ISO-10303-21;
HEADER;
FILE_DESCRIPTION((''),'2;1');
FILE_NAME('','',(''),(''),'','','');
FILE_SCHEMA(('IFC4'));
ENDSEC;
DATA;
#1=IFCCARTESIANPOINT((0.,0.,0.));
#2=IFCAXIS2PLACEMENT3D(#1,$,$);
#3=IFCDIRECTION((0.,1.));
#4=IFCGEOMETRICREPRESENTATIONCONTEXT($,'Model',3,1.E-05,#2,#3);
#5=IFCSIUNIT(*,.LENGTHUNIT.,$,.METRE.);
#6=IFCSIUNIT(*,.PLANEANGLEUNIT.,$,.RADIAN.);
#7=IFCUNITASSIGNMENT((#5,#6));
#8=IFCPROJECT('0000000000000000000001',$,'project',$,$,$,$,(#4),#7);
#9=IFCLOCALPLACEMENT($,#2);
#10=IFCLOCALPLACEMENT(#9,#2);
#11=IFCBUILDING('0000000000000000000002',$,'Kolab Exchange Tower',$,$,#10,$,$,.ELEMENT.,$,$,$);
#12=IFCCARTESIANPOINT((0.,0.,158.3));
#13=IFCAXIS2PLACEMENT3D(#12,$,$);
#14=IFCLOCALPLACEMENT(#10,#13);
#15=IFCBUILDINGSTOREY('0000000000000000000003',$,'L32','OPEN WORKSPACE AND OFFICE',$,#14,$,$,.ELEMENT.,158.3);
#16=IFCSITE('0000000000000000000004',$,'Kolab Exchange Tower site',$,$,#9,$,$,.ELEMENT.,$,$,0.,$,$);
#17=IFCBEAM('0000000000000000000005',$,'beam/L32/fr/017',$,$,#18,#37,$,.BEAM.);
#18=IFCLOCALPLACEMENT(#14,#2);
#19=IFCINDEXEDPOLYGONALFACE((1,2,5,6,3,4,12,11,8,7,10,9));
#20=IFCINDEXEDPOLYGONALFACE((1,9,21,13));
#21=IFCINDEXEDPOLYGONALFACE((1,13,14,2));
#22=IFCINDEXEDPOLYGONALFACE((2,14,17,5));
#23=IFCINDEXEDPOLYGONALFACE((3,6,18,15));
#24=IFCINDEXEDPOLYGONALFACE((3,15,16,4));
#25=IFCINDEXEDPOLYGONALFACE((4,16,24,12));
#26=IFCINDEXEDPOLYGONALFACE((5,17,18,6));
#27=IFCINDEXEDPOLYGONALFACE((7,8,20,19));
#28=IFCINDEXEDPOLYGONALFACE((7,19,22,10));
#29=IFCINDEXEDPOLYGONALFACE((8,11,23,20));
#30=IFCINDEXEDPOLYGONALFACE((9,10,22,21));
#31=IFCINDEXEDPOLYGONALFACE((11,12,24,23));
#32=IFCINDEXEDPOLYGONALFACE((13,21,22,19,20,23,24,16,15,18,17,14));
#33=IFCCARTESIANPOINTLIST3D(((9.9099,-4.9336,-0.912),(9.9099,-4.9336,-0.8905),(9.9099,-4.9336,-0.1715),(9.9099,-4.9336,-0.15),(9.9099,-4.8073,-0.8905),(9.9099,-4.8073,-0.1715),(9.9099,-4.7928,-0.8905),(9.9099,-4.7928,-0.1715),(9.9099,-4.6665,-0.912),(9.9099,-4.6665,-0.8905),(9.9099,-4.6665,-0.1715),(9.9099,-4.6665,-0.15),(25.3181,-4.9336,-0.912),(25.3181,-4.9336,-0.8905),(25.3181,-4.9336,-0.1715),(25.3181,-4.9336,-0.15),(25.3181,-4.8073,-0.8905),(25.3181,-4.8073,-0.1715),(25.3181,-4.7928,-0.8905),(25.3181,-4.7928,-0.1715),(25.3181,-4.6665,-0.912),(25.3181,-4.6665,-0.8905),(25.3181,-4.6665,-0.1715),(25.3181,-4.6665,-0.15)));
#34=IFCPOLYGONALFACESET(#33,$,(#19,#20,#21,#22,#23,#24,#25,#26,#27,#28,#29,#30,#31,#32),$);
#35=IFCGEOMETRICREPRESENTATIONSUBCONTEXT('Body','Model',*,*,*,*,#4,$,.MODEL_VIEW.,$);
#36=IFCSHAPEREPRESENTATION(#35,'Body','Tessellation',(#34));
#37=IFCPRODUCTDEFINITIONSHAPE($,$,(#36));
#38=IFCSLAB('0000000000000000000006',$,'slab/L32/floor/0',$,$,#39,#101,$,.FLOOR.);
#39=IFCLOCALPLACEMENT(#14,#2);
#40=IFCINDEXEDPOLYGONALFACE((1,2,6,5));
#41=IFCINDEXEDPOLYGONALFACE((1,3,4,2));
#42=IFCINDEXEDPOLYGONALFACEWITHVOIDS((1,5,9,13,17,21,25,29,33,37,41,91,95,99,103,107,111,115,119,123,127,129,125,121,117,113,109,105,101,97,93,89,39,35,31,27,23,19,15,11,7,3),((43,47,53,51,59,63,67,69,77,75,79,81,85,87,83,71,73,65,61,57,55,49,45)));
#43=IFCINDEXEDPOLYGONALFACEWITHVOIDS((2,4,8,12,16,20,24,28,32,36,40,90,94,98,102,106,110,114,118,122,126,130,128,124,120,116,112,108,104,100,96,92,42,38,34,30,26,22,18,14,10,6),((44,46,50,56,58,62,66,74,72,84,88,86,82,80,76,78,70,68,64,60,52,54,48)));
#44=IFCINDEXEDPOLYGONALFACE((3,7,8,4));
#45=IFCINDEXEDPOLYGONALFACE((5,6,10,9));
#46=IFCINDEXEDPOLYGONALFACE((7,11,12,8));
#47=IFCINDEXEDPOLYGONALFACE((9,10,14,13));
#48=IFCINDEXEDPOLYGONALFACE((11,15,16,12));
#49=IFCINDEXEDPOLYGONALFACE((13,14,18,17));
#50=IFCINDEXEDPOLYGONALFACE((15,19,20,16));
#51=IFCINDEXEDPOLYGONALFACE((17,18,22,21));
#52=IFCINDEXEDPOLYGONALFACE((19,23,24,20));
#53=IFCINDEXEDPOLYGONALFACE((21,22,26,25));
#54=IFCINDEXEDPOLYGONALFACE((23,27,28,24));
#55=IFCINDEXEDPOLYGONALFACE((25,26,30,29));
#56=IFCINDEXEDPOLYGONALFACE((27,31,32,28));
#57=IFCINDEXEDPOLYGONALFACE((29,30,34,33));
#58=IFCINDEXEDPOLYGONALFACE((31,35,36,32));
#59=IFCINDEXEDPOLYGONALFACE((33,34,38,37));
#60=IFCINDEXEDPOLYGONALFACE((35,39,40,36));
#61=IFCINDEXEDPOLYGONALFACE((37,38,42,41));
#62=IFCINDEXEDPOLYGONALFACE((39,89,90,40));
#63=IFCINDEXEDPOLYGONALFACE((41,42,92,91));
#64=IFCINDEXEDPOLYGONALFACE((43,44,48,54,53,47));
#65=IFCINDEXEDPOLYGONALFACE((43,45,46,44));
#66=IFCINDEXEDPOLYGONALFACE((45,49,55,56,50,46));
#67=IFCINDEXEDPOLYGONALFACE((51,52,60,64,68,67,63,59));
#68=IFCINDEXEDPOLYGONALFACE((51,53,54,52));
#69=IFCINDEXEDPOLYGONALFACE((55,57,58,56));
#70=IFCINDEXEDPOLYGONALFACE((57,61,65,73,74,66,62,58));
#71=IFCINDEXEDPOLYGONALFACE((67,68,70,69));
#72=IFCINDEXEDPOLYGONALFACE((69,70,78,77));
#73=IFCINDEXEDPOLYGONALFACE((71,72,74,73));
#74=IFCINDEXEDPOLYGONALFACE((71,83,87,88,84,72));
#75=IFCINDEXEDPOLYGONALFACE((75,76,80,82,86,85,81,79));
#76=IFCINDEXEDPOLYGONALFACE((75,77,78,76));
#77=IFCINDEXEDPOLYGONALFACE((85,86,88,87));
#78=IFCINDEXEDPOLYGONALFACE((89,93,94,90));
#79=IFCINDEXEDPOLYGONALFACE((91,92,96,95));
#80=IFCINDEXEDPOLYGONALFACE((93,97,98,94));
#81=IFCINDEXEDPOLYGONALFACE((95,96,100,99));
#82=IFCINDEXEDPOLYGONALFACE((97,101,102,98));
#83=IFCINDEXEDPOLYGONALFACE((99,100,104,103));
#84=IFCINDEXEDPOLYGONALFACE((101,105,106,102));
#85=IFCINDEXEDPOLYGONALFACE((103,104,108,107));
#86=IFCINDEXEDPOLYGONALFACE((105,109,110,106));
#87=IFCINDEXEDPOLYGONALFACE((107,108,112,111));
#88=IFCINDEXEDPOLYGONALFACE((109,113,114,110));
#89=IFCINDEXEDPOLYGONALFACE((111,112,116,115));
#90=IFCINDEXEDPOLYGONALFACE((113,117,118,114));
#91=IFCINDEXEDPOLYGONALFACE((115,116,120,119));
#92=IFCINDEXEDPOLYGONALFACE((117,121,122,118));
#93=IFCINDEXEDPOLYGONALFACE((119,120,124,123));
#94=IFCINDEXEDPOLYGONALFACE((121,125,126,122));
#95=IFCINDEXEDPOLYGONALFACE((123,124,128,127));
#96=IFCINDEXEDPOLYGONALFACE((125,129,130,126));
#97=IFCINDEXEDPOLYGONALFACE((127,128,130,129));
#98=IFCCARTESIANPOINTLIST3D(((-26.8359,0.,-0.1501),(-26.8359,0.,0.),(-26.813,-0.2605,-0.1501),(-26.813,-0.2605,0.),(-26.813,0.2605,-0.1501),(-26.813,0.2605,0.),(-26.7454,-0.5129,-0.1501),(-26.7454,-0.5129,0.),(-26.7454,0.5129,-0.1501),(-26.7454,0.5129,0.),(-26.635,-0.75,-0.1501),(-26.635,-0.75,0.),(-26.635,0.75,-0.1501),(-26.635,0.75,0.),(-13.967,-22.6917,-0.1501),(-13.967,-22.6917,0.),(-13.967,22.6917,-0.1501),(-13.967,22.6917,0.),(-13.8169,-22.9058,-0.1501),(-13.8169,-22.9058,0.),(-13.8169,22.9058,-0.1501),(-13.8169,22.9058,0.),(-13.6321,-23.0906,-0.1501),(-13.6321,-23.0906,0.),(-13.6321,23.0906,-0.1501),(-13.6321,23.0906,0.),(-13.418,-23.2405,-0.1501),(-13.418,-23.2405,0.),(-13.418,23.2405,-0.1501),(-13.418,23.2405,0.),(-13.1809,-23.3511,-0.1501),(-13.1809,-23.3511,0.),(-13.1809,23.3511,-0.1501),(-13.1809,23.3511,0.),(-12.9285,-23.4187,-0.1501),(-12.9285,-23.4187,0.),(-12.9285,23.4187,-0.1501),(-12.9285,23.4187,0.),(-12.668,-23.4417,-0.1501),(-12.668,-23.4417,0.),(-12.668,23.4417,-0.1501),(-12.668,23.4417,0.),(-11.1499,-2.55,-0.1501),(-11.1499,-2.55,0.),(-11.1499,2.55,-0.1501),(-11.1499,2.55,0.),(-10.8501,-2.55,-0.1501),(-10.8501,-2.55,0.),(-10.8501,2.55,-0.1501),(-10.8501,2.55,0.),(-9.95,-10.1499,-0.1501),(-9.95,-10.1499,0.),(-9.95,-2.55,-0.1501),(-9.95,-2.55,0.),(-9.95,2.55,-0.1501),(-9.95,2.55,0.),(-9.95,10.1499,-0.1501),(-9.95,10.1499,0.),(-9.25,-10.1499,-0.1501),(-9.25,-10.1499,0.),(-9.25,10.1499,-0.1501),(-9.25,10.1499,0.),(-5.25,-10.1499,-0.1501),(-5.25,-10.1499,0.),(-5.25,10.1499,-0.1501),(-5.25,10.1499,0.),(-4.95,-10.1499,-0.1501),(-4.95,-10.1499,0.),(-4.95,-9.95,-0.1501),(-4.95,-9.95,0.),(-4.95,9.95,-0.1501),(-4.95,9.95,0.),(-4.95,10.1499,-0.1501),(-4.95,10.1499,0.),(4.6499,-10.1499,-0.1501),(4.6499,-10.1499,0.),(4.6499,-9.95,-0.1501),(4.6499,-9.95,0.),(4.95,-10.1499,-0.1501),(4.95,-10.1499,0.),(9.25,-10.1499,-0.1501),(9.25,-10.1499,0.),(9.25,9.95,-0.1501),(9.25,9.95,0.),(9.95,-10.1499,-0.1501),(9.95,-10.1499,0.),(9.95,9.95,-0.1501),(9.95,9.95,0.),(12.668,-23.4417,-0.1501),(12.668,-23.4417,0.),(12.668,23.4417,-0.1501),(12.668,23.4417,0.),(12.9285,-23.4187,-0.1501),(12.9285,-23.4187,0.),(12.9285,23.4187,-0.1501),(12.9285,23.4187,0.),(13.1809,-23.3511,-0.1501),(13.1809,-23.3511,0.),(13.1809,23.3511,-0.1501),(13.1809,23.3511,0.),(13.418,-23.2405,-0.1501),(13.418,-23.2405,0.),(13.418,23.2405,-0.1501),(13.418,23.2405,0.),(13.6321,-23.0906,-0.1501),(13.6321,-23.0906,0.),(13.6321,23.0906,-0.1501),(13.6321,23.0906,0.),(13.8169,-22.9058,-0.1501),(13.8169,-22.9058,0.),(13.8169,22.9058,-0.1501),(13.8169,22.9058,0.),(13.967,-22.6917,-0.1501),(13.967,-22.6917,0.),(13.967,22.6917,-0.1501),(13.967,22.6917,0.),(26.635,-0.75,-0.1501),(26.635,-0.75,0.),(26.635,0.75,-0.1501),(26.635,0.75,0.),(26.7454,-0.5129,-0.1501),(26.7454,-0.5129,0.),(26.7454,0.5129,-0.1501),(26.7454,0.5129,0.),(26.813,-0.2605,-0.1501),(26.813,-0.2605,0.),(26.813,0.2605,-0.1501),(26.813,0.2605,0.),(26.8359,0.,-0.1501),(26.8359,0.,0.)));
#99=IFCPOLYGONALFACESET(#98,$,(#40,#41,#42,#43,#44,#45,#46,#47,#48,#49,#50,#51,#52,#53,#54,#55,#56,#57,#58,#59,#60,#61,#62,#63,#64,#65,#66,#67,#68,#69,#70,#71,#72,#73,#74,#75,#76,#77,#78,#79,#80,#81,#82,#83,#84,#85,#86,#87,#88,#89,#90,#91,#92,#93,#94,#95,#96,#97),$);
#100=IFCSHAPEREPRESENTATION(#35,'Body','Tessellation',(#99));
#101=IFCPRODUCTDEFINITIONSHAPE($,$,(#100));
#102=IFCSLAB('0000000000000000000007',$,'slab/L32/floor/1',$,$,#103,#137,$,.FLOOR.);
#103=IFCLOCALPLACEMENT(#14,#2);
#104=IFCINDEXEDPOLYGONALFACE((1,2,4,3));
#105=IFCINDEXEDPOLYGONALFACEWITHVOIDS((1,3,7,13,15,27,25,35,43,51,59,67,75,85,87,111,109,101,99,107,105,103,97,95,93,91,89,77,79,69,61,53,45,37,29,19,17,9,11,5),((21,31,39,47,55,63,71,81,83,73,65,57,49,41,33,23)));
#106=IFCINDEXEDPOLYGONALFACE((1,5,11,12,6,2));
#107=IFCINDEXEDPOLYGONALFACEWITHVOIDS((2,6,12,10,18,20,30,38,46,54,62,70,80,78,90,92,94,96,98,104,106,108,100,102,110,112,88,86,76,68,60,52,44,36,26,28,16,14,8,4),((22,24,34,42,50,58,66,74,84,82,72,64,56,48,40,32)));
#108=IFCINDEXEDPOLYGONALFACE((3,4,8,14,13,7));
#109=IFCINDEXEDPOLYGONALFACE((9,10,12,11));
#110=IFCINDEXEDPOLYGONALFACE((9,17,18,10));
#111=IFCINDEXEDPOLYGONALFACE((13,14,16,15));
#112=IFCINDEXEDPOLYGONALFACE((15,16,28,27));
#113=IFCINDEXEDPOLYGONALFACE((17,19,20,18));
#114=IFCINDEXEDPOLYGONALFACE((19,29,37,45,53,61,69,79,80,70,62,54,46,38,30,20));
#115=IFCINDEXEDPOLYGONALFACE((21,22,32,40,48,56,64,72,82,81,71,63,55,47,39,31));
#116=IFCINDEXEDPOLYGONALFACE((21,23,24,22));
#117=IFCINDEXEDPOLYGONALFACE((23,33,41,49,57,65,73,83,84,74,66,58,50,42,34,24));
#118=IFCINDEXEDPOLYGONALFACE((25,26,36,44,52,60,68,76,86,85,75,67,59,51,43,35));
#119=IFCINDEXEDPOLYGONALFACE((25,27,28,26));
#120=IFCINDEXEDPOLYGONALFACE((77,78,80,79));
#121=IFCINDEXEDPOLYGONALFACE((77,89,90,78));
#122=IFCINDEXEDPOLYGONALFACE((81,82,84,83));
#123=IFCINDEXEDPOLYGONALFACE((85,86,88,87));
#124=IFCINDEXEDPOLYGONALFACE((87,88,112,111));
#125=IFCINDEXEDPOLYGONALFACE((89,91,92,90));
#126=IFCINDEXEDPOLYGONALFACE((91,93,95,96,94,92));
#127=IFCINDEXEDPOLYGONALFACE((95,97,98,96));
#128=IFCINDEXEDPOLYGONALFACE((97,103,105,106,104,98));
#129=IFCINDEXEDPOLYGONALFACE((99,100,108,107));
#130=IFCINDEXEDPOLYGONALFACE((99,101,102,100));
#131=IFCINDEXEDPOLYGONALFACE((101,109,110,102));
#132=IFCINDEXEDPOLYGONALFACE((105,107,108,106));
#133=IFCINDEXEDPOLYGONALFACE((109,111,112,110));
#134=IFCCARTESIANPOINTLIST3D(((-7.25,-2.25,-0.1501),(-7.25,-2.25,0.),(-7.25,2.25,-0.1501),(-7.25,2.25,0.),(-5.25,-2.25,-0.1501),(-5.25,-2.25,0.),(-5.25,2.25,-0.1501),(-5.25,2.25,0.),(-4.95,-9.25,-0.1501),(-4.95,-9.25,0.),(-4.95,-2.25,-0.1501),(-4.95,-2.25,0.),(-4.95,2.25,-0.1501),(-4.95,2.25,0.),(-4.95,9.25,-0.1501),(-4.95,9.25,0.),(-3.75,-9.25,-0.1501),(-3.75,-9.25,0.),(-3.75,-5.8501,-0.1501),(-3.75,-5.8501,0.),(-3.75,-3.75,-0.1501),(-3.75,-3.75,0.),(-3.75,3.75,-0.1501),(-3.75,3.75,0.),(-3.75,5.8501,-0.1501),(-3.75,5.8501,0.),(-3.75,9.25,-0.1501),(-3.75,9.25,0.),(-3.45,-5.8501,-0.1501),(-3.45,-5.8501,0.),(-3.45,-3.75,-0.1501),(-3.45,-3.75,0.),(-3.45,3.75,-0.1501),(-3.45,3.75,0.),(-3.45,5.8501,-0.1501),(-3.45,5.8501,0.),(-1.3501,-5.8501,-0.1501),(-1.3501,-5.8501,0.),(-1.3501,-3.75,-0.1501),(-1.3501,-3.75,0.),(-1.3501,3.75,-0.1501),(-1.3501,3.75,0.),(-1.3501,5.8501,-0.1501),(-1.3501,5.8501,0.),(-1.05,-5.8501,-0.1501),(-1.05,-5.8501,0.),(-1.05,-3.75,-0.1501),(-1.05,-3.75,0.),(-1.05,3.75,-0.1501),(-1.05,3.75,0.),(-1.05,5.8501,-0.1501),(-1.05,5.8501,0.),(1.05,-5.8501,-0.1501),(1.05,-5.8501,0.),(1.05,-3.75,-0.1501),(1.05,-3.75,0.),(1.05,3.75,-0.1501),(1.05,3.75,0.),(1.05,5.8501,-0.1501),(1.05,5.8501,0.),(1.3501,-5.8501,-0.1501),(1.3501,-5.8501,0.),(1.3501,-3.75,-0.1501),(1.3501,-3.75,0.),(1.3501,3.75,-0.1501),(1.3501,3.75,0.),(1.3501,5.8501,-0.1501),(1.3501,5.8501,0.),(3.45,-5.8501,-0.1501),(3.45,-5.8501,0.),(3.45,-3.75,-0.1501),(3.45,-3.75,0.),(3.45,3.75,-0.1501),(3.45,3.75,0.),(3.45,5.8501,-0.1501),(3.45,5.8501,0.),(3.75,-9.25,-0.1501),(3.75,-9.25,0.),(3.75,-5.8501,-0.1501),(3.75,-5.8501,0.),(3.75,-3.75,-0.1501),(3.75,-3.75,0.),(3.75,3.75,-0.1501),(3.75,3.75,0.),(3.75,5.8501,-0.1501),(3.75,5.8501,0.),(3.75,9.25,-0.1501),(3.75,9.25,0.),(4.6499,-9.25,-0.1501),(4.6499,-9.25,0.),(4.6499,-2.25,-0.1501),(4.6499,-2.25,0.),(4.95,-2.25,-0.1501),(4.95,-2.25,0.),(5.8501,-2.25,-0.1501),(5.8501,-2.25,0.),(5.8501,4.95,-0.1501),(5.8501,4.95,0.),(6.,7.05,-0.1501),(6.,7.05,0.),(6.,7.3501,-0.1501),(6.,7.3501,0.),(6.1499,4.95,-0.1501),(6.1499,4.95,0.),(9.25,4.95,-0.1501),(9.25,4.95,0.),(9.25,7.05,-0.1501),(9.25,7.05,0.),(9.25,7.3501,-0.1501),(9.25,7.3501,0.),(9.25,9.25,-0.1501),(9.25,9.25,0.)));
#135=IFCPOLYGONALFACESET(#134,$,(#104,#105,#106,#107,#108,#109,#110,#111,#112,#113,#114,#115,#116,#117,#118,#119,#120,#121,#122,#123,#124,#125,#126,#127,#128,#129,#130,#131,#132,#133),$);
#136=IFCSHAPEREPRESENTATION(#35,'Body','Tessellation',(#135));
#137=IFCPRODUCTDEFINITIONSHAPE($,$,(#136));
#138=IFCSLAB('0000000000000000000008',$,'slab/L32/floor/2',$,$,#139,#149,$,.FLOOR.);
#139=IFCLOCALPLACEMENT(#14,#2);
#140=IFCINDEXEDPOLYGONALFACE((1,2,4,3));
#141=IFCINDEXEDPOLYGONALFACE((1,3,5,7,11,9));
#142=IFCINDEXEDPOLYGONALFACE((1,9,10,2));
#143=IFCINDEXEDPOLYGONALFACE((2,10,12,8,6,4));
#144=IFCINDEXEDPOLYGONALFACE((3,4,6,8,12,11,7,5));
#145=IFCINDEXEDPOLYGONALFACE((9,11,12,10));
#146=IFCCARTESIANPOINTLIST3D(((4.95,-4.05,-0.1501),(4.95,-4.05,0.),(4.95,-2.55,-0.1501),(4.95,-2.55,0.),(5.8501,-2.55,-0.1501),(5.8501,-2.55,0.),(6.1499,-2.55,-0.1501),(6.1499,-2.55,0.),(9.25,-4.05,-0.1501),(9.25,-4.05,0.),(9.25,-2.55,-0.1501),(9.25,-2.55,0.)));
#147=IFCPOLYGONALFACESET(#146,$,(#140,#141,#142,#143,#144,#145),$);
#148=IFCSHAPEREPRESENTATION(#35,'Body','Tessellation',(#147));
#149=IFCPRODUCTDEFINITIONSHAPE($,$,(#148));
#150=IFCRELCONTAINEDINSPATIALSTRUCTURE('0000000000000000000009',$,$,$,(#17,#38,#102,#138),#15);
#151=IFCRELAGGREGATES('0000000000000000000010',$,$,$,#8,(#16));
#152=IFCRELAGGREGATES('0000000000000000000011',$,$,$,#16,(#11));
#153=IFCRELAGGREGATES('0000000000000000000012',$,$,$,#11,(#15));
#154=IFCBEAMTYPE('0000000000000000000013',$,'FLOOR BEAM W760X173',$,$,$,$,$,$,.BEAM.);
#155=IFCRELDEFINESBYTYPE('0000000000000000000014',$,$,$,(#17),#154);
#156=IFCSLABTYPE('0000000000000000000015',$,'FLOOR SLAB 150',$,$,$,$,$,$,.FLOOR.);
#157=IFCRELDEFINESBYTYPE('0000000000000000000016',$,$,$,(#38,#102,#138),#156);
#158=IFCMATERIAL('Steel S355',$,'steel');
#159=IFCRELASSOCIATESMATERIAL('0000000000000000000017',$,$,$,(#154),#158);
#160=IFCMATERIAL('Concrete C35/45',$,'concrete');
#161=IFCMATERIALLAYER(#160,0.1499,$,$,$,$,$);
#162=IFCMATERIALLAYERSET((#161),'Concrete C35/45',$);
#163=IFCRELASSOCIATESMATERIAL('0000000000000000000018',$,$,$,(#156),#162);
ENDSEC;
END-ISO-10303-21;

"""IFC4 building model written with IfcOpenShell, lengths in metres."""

from ifc_helpers import new_model, si_unit, direction, frame, origin, origin_2d, place, context, subcontext, project, spatial, polyline, i_section, outline, extrude, material, layer, layer_set, material_profile, profile_set, type_object, element, save


model = new_model("IFC4")

# Units and contexts
model_context = context("Model", 3, precision=1e-05, world=origin(), true_north=direction((0.0, 1.0)))
body_context = subcontext(model_context, "Body", "Model", "MODEL_VIEW")
ifc_project = project(units=[si_unit("LENGTHUNIT", "METRE"), si_unit("PLANEANGLEUNIT", "RADIAN")], contexts=[model_context])

# Site, building, storey
site_placement = place(None, origin())
site = spatial("IfcSite", under=ifc_project, at=site_placement, Name="Kolab Exchange Tower site", CompositionType="ELEMENT", RefElevation=0.0)
building_placement = place(site_placement, origin())
building = spatial("IfcBuilding", under=site, at=building_placement, Name="Kolab Exchange Tower", CompositionType="ELEMENT")
storey_placement = place(building_placement, frame((0.0, 0.0, 158.3)))
storey = spatial("IfcBuildingStorey", under=building, at=storey_placement, Name="L32", Description="OPEN WORKSPACE AND OFFICE", CompositionType="ELEMENT", Elevation=158.3)

# Beam
ifc_material_1 = material(Name="Steel S355", Category="steel")
ifc_material_profile = material_profile(ifc_material_1, i_section(OverallWidth=0.2671, OverallDepth=0.762, WebThickness=0.0144, FlangeThickness=0.0215, at=origin_2d()), Name="W760X173")
ifc_profile_set = profile_set([ifc_material_profile], Name="Steel S355")
beam_type = type_object("IfcBeamType", Name="FLOOR BEAM W760X173", PredefinedType="BEAM", material=ifc_profile_set)
beam_placement = place(storey_placement, frame((9.9099, -4.8, -0.531), z_axis=(1.0, 0.0, 0.0), x_axis=(0.0, 1.0, 0.0)))
element("IfcBeam", 1, at=beam_placement, inside=storey, type_object=beam_type, Name="beam/L32/fr/017", PredefinedType="BEAM", context=body_context, shape_type="SweptSolid", body=[
    extrude(i_section(OverallWidth=0.2671, OverallDepth=0.762, WebThickness=0.0144, FlangeThickness=0.0215, at=origin_2d()), origin(), (0.0, 0.0, 1.0), 15.4082),
])

# Slabs
ifc_material_2 = material(Name="Concrete C35/45", Category="concrete")
ifc_layer_1 = layer(ifc_material_2, 0.1499)
ifc_layer_set_1 = layer_set([ifc_layer_1], Name="Concrete C35/45")
slab_type_1 = type_object("IfcSlabType", Name="FLOOR SLAB 150", PredefinedType="FLOOR", material=ifc_layer_set_1)
slab_1_placement = place(storey_placement, frame((0.0, 0.0, -0.1501)))
element("IfcSlab", 2, at=slab_1_placement, inside=storey, type_object=slab_type_1, Name="slab/L32/floor/0", PredefinedType="FLOOR", context=body_context, shape_type="SweptSolid", body=[
    extrude(outline(polyline([(13.967, -22.6917), (26.635, -0.75), (26.7454, -0.5129), (26.813, -0.2605), (26.8359, 0.0), (26.813, 0.2605), (26.7454, 0.5129), (26.635, 0.75), (13.967, 22.6917), (13.8169, 22.9058), (13.6321, 23.0906), (13.418, 23.2405), (13.1809, 23.3511), (12.9285, 23.4187), (12.668, 23.4417), (-12.668, 23.4417), (-12.9285, 23.4187), (-13.1809, 23.3511), (-13.418, 23.2405), (-13.6321, 23.0906), (-13.8169, 22.9058), (-13.967, 22.6917), (-26.635, 0.75), (-26.7454, 0.5129), (-26.813, 0.2605), (-26.8359, 0.0), (-26.813, -0.2605), (-26.7454, -0.5129), (-26.635, -0.75), (-13.967, -22.6917), (-13.8169, -22.9058), (-13.6321, -23.0906), (-13.418, -23.2405), (-13.1809, -23.3511), (-12.9285, -23.4187), (-12.668, -23.4417), (12.668, -23.4417), (12.9285, -23.4187), (13.1809, -23.3511), (13.418, -23.2405), (13.6321, -23.0906), (13.8169, -22.9058), (13.967, -22.6917)]), holes=[polyline([(-9.25, -10.1499), (-9.95, -10.1499), (-9.95, -2.55), (-10.8501, -2.55), (-11.1499, -2.55), (-11.1499, 2.55), (-10.8501, 2.55), (-9.95, 2.55), (-9.95, 10.1499), (-9.25, 10.1499), (-5.25, 10.1499), (-4.95, 10.1499), (-4.95, 9.95), (9.25, 9.95), (9.95, 9.95), (9.95, -10.1499), (9.25, -10.1499), (4.95, -10.1499), (4.6499, -10.1499), (4.6499, -9.95), (-4.95, -9.95), (-4.95, -10.1499), (-5.25, -10.1499), (-9.25, -10.1499)])]), origin(), (0.0, 0.0, 1.0), 0.1501),
])
slab_2_placement = place(storey_placement, frame((0.0, 0.0, -0.1501)))
element("IfcSlab", 3, at=slab_2_placement, inside=storey, type_object=slab_type_1, Name="slab/L32/floor/1", PredefinedType="FLOOR", context=body_context, shape_type="SweptSolid", body=[
    extrude(outline(polyline([(-4.95, 9.25), (-4.95, 2.25), (-5.25, 2.25), (-7.25, 2.25), (-7.25, -2.25), (-5.25, -2.25), (-4.95, -2.25), (-4.95, -9.25), (-3.75, -9.25), (-3.75, -5.8501), (-3.45, -5.8501), (-1.3501, -5.8501), (-1.05, -5.8501), (1.05, -5.8501), (1.3501, -5.8501), (3.45, -5.8501), (3.75, -5.8501), (3.75, -9.25), (4.6499, -9.25), (4.6499, -2.25), (4.95, -2.25), (5.8501, -2.25), (5.8501, 4.95), (6.1499, 4.95), (9.25, 4.95), (9.25, 7.05), (6.0, 7.05), (6.0, 7.3501), (9.25, 7.3501), (9.25, 9.25), (3.75, 9.25), (3.75, 5.8501), (3.45, 5.8501), (1.3501, 5.8501), (1.05, 5.8501), (-1.05, 5.8501), (-1.3501, 5.8501), (-3.45, 5.8501), (-3.75, 5.8501), (-3.75, 9.25), (-4.95, 9.25)]), holes=[polyline([(-3.45, -3.75), (-3.75, -3.75), (-3.75, 3.75), (-3.45, 3.75), (-1.3501, 3.75), (-1.05, 3.75), (1.05, 3.75), (1.3501, 3.75), (3.45, 3.75), (3.75, 3.75), (3.75, -3.75), (3.45, -3.75), (1.3501, -3.75), (1.05, -3.75), (-1.05, -3.75), (-1.3501, -3.75), (-3.45, -3.75)])]), origin(), (0.0, 0.0, 1.0), 0.1501),
])
slab_3_placement = place(storey_placement, frame((0.0, 0.0, -0.1501)))
element("IfcSlab", 4, at=slab_3_placement, inside=storey, type_object=slab_type_1, Name="slab/L32/floor/2", PredefinedType="FLOOR", context=body_context, shape_type="SweptSolid", body=[
    extrude(outline(polyline([(4.95, -4.05), (9.25, -4.05), (9.25, -2.55), (6.1499, -2.55), (5.8501, -2.55), (4.95, -2.55), (4.95, -4.05)])), origin(), (0.0, 0.0, 1.0), 0.1501),
])

save(model, "model.ifc")
